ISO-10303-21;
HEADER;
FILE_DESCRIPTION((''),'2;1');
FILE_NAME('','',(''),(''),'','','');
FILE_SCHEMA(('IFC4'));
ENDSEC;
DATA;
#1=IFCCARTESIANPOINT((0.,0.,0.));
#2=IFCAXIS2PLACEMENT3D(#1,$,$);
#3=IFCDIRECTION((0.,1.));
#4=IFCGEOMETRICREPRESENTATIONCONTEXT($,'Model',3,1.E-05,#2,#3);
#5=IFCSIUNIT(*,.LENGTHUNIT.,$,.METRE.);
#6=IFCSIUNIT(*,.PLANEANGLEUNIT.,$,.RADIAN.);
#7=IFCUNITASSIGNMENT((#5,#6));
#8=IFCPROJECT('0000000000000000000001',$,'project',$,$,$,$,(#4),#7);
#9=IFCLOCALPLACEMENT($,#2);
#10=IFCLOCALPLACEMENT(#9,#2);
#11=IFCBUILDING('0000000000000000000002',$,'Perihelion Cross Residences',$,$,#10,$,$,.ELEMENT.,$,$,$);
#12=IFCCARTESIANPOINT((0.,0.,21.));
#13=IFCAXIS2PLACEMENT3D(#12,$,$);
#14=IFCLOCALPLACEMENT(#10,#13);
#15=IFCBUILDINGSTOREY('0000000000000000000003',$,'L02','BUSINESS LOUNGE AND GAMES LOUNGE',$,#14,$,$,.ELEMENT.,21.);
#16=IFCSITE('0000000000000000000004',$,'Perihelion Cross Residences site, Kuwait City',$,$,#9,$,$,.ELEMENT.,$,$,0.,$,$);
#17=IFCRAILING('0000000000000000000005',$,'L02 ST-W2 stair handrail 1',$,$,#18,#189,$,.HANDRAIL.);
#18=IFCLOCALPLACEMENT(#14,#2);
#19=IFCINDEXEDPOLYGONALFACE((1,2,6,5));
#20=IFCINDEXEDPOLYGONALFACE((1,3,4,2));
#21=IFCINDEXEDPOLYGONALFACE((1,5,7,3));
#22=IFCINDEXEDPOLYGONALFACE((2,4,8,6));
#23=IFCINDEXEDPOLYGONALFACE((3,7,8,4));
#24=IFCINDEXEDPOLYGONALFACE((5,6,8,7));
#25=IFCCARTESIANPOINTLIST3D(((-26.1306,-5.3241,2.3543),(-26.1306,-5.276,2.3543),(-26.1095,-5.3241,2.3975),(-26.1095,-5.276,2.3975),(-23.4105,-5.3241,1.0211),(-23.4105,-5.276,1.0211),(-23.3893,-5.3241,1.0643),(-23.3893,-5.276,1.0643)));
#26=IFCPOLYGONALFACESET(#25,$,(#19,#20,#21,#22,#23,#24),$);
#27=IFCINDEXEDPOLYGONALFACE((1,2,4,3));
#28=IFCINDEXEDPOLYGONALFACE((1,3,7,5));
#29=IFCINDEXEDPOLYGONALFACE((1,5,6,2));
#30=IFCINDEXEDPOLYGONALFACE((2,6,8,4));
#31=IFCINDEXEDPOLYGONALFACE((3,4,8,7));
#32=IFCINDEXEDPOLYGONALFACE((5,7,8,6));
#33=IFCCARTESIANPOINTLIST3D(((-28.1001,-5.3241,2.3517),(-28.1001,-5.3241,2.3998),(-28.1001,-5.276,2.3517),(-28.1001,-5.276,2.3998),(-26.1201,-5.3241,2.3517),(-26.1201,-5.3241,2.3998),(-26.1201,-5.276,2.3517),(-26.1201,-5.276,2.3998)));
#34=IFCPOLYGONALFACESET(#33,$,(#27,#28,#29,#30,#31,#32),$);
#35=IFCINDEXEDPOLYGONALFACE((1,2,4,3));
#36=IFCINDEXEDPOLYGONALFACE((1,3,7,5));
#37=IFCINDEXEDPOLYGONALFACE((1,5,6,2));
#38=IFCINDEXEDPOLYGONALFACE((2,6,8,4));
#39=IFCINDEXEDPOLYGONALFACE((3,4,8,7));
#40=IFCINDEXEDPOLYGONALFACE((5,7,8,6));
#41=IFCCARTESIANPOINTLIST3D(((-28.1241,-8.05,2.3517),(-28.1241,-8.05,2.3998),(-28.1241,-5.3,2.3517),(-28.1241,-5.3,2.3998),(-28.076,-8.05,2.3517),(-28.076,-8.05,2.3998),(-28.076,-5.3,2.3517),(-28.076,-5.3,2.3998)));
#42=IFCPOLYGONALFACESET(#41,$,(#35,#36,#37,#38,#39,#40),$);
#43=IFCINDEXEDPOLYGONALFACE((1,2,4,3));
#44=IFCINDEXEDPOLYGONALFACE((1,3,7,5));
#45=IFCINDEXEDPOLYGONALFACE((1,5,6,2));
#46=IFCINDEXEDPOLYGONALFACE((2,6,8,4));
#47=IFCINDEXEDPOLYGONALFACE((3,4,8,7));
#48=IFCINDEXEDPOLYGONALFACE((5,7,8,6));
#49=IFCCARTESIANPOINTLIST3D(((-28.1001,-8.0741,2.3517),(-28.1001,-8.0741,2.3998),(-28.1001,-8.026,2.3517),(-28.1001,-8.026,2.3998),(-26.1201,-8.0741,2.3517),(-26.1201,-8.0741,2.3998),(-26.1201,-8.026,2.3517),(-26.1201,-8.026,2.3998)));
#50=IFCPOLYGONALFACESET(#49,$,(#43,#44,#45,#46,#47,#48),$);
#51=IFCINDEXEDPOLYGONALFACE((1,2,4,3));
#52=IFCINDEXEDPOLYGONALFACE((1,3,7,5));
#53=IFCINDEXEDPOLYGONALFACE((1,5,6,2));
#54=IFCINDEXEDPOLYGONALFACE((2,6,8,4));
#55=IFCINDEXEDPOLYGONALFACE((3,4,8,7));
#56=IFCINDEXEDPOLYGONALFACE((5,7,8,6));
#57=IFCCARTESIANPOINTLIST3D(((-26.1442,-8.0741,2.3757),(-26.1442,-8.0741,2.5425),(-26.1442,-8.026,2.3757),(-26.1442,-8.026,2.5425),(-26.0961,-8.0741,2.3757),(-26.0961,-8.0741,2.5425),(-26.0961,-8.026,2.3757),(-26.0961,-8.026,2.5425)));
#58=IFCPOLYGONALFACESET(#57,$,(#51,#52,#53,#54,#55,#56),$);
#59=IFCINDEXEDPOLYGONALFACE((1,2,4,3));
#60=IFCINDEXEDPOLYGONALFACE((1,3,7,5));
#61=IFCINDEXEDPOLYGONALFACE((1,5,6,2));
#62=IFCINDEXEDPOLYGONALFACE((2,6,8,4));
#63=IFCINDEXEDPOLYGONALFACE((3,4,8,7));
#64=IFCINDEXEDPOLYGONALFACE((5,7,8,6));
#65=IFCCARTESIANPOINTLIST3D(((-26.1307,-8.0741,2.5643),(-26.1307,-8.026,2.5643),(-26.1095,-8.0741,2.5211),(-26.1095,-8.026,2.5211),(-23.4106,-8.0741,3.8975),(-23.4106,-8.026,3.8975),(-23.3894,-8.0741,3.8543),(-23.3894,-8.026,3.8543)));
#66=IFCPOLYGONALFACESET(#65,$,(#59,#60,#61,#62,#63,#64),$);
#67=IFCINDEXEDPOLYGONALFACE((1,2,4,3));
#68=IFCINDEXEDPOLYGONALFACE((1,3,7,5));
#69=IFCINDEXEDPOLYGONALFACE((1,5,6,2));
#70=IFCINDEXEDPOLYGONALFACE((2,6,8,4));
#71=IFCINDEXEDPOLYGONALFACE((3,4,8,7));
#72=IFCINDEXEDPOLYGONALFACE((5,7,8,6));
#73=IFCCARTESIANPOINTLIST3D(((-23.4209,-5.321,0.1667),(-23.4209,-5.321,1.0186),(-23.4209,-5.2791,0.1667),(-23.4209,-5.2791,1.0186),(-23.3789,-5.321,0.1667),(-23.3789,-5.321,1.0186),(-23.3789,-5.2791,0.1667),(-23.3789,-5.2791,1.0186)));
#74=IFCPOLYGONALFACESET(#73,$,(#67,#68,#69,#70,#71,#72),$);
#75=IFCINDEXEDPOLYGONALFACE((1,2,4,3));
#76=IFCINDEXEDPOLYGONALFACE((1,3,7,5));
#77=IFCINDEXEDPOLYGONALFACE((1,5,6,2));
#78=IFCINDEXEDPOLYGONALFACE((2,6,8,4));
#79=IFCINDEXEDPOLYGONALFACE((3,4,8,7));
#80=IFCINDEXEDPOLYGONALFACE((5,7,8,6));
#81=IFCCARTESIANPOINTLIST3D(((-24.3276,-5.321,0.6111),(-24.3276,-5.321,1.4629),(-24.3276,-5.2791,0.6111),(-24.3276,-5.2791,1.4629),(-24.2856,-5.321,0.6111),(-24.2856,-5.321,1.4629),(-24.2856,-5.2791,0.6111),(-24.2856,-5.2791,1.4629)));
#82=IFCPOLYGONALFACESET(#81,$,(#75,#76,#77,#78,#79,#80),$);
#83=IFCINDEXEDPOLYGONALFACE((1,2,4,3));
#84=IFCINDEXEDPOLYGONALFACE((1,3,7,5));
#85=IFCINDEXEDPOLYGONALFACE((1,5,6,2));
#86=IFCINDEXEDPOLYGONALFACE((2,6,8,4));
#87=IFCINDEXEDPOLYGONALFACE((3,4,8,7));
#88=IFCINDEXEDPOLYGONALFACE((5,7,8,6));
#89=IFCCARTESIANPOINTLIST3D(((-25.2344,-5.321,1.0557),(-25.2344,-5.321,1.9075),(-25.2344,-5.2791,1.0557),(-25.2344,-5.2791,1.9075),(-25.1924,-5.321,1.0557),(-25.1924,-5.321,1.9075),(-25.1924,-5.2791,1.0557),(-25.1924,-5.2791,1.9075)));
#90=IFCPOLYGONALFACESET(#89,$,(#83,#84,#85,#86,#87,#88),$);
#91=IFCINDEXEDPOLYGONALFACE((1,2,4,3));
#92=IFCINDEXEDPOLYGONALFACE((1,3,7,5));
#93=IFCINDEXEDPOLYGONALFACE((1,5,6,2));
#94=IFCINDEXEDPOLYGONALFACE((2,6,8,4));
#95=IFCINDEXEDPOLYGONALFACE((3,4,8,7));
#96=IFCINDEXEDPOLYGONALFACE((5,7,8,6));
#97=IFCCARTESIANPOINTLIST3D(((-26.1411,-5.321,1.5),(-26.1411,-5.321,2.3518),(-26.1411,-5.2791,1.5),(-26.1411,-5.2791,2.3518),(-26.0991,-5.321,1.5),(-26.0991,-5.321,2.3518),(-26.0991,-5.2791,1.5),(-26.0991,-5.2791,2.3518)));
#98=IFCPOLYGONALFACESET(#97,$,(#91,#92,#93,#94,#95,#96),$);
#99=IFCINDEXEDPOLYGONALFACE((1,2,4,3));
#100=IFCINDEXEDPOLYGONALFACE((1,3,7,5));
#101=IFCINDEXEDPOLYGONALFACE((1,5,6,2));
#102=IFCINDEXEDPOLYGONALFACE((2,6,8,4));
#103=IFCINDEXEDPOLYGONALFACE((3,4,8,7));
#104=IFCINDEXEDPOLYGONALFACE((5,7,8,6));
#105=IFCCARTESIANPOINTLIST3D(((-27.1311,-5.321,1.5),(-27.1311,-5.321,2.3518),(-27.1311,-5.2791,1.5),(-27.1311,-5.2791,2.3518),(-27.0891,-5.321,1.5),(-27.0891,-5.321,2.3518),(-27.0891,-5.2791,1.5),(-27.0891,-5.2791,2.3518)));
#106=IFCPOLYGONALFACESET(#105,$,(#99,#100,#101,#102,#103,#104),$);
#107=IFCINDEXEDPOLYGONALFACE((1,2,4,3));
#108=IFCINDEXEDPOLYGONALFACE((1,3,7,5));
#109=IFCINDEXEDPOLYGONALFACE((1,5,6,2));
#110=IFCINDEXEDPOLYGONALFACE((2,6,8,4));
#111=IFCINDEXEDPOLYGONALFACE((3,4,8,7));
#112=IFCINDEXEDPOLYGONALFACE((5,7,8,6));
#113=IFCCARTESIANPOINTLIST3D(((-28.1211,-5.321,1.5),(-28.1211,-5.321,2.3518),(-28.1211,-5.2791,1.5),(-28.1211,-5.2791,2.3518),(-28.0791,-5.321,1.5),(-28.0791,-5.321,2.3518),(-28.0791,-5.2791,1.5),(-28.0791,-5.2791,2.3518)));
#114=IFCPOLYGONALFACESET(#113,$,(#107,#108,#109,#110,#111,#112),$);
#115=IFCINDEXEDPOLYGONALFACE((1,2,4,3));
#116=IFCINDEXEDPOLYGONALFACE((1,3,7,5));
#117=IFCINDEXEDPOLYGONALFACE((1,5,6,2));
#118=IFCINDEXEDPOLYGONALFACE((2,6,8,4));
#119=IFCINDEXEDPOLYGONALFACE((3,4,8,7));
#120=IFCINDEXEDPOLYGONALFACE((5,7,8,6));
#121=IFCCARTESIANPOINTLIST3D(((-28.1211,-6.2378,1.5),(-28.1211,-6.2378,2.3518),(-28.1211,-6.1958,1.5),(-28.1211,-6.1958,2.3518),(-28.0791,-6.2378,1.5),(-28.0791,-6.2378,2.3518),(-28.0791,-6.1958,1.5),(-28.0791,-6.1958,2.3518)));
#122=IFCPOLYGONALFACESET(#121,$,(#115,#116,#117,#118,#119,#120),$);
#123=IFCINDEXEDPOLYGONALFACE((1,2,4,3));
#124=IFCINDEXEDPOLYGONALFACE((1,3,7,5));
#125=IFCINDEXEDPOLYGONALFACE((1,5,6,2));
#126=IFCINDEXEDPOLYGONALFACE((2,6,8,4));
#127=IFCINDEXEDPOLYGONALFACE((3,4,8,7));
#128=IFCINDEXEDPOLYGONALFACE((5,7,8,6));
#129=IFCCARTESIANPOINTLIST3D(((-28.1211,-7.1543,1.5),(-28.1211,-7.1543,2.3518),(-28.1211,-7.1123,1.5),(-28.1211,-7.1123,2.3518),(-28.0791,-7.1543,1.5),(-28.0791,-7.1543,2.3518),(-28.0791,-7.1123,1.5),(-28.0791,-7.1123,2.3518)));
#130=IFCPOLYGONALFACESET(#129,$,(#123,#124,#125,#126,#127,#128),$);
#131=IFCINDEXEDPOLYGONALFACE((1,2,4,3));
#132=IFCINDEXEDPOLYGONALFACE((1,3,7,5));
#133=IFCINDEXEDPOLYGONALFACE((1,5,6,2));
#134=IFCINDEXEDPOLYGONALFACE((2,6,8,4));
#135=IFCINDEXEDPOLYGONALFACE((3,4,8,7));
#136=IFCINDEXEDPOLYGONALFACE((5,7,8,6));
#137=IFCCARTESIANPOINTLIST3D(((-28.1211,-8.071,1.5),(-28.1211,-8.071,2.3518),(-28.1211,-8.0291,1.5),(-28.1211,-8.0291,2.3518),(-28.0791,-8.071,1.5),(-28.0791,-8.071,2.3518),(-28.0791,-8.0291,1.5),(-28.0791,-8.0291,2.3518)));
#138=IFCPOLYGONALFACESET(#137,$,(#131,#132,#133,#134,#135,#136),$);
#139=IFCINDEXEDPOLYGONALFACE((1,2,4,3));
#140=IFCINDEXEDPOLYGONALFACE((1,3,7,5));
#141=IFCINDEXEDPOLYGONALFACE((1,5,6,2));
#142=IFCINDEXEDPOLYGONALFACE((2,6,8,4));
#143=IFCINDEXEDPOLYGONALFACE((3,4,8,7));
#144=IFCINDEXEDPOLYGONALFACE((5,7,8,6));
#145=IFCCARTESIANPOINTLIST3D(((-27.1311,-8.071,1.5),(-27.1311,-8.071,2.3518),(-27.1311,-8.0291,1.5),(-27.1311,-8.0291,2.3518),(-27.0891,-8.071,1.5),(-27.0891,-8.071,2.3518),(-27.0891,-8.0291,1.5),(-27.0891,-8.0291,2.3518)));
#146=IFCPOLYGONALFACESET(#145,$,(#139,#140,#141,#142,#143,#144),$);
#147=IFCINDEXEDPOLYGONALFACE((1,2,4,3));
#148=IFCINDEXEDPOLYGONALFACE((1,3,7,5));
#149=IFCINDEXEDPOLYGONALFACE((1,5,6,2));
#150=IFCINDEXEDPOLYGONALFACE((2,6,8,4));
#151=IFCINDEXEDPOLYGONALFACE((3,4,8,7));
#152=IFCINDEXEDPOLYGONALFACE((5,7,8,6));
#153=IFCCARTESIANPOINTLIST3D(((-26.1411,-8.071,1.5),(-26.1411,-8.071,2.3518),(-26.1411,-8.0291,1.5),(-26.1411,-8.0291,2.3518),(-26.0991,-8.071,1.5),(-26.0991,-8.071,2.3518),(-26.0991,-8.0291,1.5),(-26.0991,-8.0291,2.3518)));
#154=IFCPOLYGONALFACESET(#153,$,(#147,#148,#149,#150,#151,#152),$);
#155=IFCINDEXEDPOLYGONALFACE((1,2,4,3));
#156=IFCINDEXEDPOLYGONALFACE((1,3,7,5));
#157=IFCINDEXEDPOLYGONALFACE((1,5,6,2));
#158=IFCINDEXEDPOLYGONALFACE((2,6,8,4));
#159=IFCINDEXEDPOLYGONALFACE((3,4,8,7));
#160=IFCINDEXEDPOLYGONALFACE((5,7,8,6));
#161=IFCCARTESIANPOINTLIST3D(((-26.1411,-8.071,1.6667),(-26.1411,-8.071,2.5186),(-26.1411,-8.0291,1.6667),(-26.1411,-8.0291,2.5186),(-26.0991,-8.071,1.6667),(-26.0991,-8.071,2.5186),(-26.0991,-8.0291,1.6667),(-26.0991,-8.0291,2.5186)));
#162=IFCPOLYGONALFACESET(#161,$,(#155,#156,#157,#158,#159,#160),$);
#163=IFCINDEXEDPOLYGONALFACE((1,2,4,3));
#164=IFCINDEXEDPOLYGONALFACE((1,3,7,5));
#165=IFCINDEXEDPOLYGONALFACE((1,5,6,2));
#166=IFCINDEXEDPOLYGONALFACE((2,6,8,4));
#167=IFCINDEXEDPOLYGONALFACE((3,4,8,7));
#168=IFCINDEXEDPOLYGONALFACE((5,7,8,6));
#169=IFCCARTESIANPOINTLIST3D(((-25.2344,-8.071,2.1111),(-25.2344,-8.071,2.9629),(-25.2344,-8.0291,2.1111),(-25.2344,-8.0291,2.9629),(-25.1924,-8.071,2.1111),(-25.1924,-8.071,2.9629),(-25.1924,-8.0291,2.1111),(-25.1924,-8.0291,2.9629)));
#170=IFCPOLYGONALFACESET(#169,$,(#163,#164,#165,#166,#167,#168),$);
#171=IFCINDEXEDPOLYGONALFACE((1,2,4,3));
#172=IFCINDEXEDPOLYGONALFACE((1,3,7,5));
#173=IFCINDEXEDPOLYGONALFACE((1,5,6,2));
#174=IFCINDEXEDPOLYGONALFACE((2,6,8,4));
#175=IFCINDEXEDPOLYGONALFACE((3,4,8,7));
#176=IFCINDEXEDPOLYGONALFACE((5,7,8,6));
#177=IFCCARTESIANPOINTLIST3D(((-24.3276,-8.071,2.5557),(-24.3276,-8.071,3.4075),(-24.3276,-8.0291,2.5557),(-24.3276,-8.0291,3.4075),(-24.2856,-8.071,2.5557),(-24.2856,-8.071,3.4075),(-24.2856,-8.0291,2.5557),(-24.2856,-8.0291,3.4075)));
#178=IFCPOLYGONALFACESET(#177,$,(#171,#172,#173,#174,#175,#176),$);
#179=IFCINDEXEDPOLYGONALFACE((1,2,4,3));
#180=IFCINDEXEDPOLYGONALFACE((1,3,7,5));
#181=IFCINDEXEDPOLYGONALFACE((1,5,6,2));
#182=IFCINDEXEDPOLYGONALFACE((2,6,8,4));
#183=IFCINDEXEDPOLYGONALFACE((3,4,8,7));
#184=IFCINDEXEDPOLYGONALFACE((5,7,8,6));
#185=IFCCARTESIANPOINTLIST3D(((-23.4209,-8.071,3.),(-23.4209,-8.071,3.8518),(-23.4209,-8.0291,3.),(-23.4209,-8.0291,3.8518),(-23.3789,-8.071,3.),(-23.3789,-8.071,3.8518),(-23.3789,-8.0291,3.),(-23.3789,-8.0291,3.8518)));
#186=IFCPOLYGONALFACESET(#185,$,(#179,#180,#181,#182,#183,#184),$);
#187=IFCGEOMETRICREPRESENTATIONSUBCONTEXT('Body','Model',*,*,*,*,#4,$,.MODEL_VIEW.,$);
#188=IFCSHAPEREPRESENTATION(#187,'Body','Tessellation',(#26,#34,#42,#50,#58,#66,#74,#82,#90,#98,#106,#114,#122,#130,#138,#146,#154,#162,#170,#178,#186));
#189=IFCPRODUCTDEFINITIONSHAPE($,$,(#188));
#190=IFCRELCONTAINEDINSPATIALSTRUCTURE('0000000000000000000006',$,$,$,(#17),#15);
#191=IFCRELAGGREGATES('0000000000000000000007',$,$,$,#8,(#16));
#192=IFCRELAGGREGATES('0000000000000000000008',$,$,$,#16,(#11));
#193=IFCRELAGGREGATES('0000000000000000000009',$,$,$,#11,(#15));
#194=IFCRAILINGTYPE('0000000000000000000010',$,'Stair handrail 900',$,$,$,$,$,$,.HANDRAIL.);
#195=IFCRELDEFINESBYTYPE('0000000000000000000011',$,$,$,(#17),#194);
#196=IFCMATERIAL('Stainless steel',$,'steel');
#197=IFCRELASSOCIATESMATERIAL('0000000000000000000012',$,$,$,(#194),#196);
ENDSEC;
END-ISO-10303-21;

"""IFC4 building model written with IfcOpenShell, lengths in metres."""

from ifc_helpers import new_model, si_unit, direction, frame, origin, origin_2d, place, context, subcontext, project, spatial, rectangle, extrude, material, type_object, element, save


model = new_model("IFC4")

# Units and contexts
model_context = context("Model", 3, precision=1e-05, world=origin(), true_north=direction((0.0, 1.0)))
body_context = subcontext(model_context, "Body", "Model", "MODEL_VIEW")
ifc_project = project(units=[si_unit("LENGTHUNIT", "METRE"), si_unit("PLANEANGLEUNIT", "RADIAN")], contexts=[model_context])

# Site, building, storey
site_placement = place(None, origin())
site = spatial("IfcSite", under=ifc_project, at=site_placement, Name="Perihelion Cross Residences site, Kuwait City", CompositionType="ELEMENT", RefElevation=0.0)
building_placement = place(site_placement, origin())
building = spatial("IfcBuilding", under=site, at=building_placement, Name="Perihelion Cross Residences", CompositionType="ELEMENT")
storey_placement = place(building_placement, frame((0.0, 0.0, 21.0)))
storey = spatial("IfcBuildingStorey", under=building, at=storey_placement, Name="L02", Description="BUSINESS LOUNGE AND GAMES LOUNGE", CompositionType="ELEMENT", Elevation=21.0)

# Railing
ifc_material_1 = material(Name="Stainless steel", Category="steel")
railing_type_1 = type_object("IfcRailingType", Name="Stair handrail 900", PredefinedType="HANDRAIL", material=ifc_material_1)
railing_1_placement = place(storey_placement, frame((-23.3999, -5.3, 0.1667)))
element("IfcRailing", 1, at=railing_1_placement, inside=storey, type_object=railing_type_1, Name="L02 ST-W2 stair handrail 1", PredefinedType="HANDRAIL", context=body_context, shape_type="SweptSolid", body=[
    extrude(rectangle(XDim=0.0481, YDim=0.0481, at=origin_2d()), frame((0.0, 0.0, 0.876), z_axis=(-0.897945, 0.0, 0.440108), x_axis=(0.0, -1.0, 0.0)), (0.0, 0.0, 1.0), 3.0293),
    extrude(rectangle(XDim=0.0481, YDim=0.0481, at=origin_2d()), frame((-2.7202, 0.0, 2.209), z_axis=(-1.0, 0.0, 0.0), x_axis=(0.0, -1.0, 0.0)), (0.0, 0.0, 1.0), 1.98),
    extrude(rectangle(XDim=0.0481, YDim=0.0481, at=origin_2d()), frame((-4.7002, 0.0, 2.209), z_axis=(0.0, -1.0, 0.0), x_axis=(1.0, 0.0, 0.0)), (0.0, 0.0, 1.0), 2.75),
    extrude(rectangle(XDim=0.0481, YDim=0.0481, at=origin_2d()), frame((-4.7002, -2.75, 2.209), z_axis=(1.0, 0.0, 0.0), x_axis=(0.0, 1.0, 0.0)), (0.0, 0.0, 1.0), 1.98),
    extrude(rectangle(XDim=0.0481, YDim=0.0481, at=origin_2d()), frame((-2.7202, -2.75, 2.209), z_axis=(0.0, 0.0, 1.0), x_axis=(1.0, 0.0, 0.0)), (0.0, 0.0, 1.0), 0.1667),
    extrude(rectangle(XDim=0.0481, YDim=0.0481, at=origin_2d()), frame((-2.7202, -2.75, 2.376), z_axis=(0.897945, 0.0, 0.440108), x_axis=(0.0, 1.0, 0.0)), (0.0, 0.0, 1.0), 3.0293),
    extrude(rectangle(XDim=0.042, YDim=0.042, at=origin_2d()), origin(), (0.0, 0.0, 1.0), 0.8518),
    extrude(rectangle(XDim=0.042, YDim=0.042, at=origin_2d()), frame((-0.9067, 0.0, 0.4443)), (0.0, 0.0, 1.0), 0.8518),
    extrude(rectangle(XDim=0.042, YDim=0.042, at=origin_2d()), frame((-1.8135, 0.0, 0.8889)), (0.0, 0.0, 1.0), 0.8518),
    extrude(rectangle(XDim=0.042, YDim=0.042, at=origin_2d()), frame((-2.7202, 0.0, 1.3333)), (0.0, 0.0, 1.0), 0.8518),
    extrude(rectangle(XDim=0.042, YDim=0.042, at=origin_2d()), frame((-3.7102, 0.0, 1.3333)), (0.0, 0.0, 1.0), 0.8518),
    extrude(rectangle(XDim=0.042, YDim=0.042, at=origin_2d()), frame((-4.7002, 0.0, 1.3333)), (0.0, 0.0, 1.0), 0.8518),
    extrude(rectangle(XDim=0.042, YDim=0.042, at=origin_2d()), frame((-4.7002, -0.9167, 1.3333)), (0.0, 0.0, 1.0), 0.8518),
    extrude(rectangle(XDim=0.042, YDim=0.042, at=origin_2d()), frame((-4.7002, -1.8333, 1.3333)), (0.0, 0.0, 1.0), 0.8518),
    extrude(rectangle(XDim=0.042, YDim=0.042, at=origin_2d()), frame((-4.7002, -2.75, 1.3333)), (0.0, 0.0, 1.0), 0.8518),
    extrude(rectangle(XDim=0.042, YDim=0.042, at=origin_2d()), frame((-3.7102, -2.75, 1.3333)), (0.0, 0.0, 1.0), 0.8518),
    extrude(rectangle(XDim=0.042, YDim=0.042, at=origin_2d()), frame((-2.7202, -2.75, 1.3333)), (0.0, 0.0, 1.0), 0.8518),
    extrude(rectangle(XDim=0.042, YDim=0.042, at=origin_2d()), frame((-2.7202, -2.75, 1.5)), (0.0, 0.0, 1.0), 0.8518),
    extrude(rectangle(XDim=0.042, YDim=0.042, at=origin_2d()), frame((-1.8135, -2.75, 1.9443)), (0.0, 0.0, 1.0), 0.8518),
    extrude(rectangle(XDim=0.042, YDim=0.042, at=origin_2d()), frame((-0.9067, -2.75, 2.3889)), (0.0, 0.0, 1.0), 0.8518),
    extrude(rectangle(XDim=0.042, YDim=0.042, at=origin_2d()), frame((0.0, -2.75, 2.8333)), (0.0, 0.0, 1.0), 0.8518),
])

save(model, "model.ifc")
